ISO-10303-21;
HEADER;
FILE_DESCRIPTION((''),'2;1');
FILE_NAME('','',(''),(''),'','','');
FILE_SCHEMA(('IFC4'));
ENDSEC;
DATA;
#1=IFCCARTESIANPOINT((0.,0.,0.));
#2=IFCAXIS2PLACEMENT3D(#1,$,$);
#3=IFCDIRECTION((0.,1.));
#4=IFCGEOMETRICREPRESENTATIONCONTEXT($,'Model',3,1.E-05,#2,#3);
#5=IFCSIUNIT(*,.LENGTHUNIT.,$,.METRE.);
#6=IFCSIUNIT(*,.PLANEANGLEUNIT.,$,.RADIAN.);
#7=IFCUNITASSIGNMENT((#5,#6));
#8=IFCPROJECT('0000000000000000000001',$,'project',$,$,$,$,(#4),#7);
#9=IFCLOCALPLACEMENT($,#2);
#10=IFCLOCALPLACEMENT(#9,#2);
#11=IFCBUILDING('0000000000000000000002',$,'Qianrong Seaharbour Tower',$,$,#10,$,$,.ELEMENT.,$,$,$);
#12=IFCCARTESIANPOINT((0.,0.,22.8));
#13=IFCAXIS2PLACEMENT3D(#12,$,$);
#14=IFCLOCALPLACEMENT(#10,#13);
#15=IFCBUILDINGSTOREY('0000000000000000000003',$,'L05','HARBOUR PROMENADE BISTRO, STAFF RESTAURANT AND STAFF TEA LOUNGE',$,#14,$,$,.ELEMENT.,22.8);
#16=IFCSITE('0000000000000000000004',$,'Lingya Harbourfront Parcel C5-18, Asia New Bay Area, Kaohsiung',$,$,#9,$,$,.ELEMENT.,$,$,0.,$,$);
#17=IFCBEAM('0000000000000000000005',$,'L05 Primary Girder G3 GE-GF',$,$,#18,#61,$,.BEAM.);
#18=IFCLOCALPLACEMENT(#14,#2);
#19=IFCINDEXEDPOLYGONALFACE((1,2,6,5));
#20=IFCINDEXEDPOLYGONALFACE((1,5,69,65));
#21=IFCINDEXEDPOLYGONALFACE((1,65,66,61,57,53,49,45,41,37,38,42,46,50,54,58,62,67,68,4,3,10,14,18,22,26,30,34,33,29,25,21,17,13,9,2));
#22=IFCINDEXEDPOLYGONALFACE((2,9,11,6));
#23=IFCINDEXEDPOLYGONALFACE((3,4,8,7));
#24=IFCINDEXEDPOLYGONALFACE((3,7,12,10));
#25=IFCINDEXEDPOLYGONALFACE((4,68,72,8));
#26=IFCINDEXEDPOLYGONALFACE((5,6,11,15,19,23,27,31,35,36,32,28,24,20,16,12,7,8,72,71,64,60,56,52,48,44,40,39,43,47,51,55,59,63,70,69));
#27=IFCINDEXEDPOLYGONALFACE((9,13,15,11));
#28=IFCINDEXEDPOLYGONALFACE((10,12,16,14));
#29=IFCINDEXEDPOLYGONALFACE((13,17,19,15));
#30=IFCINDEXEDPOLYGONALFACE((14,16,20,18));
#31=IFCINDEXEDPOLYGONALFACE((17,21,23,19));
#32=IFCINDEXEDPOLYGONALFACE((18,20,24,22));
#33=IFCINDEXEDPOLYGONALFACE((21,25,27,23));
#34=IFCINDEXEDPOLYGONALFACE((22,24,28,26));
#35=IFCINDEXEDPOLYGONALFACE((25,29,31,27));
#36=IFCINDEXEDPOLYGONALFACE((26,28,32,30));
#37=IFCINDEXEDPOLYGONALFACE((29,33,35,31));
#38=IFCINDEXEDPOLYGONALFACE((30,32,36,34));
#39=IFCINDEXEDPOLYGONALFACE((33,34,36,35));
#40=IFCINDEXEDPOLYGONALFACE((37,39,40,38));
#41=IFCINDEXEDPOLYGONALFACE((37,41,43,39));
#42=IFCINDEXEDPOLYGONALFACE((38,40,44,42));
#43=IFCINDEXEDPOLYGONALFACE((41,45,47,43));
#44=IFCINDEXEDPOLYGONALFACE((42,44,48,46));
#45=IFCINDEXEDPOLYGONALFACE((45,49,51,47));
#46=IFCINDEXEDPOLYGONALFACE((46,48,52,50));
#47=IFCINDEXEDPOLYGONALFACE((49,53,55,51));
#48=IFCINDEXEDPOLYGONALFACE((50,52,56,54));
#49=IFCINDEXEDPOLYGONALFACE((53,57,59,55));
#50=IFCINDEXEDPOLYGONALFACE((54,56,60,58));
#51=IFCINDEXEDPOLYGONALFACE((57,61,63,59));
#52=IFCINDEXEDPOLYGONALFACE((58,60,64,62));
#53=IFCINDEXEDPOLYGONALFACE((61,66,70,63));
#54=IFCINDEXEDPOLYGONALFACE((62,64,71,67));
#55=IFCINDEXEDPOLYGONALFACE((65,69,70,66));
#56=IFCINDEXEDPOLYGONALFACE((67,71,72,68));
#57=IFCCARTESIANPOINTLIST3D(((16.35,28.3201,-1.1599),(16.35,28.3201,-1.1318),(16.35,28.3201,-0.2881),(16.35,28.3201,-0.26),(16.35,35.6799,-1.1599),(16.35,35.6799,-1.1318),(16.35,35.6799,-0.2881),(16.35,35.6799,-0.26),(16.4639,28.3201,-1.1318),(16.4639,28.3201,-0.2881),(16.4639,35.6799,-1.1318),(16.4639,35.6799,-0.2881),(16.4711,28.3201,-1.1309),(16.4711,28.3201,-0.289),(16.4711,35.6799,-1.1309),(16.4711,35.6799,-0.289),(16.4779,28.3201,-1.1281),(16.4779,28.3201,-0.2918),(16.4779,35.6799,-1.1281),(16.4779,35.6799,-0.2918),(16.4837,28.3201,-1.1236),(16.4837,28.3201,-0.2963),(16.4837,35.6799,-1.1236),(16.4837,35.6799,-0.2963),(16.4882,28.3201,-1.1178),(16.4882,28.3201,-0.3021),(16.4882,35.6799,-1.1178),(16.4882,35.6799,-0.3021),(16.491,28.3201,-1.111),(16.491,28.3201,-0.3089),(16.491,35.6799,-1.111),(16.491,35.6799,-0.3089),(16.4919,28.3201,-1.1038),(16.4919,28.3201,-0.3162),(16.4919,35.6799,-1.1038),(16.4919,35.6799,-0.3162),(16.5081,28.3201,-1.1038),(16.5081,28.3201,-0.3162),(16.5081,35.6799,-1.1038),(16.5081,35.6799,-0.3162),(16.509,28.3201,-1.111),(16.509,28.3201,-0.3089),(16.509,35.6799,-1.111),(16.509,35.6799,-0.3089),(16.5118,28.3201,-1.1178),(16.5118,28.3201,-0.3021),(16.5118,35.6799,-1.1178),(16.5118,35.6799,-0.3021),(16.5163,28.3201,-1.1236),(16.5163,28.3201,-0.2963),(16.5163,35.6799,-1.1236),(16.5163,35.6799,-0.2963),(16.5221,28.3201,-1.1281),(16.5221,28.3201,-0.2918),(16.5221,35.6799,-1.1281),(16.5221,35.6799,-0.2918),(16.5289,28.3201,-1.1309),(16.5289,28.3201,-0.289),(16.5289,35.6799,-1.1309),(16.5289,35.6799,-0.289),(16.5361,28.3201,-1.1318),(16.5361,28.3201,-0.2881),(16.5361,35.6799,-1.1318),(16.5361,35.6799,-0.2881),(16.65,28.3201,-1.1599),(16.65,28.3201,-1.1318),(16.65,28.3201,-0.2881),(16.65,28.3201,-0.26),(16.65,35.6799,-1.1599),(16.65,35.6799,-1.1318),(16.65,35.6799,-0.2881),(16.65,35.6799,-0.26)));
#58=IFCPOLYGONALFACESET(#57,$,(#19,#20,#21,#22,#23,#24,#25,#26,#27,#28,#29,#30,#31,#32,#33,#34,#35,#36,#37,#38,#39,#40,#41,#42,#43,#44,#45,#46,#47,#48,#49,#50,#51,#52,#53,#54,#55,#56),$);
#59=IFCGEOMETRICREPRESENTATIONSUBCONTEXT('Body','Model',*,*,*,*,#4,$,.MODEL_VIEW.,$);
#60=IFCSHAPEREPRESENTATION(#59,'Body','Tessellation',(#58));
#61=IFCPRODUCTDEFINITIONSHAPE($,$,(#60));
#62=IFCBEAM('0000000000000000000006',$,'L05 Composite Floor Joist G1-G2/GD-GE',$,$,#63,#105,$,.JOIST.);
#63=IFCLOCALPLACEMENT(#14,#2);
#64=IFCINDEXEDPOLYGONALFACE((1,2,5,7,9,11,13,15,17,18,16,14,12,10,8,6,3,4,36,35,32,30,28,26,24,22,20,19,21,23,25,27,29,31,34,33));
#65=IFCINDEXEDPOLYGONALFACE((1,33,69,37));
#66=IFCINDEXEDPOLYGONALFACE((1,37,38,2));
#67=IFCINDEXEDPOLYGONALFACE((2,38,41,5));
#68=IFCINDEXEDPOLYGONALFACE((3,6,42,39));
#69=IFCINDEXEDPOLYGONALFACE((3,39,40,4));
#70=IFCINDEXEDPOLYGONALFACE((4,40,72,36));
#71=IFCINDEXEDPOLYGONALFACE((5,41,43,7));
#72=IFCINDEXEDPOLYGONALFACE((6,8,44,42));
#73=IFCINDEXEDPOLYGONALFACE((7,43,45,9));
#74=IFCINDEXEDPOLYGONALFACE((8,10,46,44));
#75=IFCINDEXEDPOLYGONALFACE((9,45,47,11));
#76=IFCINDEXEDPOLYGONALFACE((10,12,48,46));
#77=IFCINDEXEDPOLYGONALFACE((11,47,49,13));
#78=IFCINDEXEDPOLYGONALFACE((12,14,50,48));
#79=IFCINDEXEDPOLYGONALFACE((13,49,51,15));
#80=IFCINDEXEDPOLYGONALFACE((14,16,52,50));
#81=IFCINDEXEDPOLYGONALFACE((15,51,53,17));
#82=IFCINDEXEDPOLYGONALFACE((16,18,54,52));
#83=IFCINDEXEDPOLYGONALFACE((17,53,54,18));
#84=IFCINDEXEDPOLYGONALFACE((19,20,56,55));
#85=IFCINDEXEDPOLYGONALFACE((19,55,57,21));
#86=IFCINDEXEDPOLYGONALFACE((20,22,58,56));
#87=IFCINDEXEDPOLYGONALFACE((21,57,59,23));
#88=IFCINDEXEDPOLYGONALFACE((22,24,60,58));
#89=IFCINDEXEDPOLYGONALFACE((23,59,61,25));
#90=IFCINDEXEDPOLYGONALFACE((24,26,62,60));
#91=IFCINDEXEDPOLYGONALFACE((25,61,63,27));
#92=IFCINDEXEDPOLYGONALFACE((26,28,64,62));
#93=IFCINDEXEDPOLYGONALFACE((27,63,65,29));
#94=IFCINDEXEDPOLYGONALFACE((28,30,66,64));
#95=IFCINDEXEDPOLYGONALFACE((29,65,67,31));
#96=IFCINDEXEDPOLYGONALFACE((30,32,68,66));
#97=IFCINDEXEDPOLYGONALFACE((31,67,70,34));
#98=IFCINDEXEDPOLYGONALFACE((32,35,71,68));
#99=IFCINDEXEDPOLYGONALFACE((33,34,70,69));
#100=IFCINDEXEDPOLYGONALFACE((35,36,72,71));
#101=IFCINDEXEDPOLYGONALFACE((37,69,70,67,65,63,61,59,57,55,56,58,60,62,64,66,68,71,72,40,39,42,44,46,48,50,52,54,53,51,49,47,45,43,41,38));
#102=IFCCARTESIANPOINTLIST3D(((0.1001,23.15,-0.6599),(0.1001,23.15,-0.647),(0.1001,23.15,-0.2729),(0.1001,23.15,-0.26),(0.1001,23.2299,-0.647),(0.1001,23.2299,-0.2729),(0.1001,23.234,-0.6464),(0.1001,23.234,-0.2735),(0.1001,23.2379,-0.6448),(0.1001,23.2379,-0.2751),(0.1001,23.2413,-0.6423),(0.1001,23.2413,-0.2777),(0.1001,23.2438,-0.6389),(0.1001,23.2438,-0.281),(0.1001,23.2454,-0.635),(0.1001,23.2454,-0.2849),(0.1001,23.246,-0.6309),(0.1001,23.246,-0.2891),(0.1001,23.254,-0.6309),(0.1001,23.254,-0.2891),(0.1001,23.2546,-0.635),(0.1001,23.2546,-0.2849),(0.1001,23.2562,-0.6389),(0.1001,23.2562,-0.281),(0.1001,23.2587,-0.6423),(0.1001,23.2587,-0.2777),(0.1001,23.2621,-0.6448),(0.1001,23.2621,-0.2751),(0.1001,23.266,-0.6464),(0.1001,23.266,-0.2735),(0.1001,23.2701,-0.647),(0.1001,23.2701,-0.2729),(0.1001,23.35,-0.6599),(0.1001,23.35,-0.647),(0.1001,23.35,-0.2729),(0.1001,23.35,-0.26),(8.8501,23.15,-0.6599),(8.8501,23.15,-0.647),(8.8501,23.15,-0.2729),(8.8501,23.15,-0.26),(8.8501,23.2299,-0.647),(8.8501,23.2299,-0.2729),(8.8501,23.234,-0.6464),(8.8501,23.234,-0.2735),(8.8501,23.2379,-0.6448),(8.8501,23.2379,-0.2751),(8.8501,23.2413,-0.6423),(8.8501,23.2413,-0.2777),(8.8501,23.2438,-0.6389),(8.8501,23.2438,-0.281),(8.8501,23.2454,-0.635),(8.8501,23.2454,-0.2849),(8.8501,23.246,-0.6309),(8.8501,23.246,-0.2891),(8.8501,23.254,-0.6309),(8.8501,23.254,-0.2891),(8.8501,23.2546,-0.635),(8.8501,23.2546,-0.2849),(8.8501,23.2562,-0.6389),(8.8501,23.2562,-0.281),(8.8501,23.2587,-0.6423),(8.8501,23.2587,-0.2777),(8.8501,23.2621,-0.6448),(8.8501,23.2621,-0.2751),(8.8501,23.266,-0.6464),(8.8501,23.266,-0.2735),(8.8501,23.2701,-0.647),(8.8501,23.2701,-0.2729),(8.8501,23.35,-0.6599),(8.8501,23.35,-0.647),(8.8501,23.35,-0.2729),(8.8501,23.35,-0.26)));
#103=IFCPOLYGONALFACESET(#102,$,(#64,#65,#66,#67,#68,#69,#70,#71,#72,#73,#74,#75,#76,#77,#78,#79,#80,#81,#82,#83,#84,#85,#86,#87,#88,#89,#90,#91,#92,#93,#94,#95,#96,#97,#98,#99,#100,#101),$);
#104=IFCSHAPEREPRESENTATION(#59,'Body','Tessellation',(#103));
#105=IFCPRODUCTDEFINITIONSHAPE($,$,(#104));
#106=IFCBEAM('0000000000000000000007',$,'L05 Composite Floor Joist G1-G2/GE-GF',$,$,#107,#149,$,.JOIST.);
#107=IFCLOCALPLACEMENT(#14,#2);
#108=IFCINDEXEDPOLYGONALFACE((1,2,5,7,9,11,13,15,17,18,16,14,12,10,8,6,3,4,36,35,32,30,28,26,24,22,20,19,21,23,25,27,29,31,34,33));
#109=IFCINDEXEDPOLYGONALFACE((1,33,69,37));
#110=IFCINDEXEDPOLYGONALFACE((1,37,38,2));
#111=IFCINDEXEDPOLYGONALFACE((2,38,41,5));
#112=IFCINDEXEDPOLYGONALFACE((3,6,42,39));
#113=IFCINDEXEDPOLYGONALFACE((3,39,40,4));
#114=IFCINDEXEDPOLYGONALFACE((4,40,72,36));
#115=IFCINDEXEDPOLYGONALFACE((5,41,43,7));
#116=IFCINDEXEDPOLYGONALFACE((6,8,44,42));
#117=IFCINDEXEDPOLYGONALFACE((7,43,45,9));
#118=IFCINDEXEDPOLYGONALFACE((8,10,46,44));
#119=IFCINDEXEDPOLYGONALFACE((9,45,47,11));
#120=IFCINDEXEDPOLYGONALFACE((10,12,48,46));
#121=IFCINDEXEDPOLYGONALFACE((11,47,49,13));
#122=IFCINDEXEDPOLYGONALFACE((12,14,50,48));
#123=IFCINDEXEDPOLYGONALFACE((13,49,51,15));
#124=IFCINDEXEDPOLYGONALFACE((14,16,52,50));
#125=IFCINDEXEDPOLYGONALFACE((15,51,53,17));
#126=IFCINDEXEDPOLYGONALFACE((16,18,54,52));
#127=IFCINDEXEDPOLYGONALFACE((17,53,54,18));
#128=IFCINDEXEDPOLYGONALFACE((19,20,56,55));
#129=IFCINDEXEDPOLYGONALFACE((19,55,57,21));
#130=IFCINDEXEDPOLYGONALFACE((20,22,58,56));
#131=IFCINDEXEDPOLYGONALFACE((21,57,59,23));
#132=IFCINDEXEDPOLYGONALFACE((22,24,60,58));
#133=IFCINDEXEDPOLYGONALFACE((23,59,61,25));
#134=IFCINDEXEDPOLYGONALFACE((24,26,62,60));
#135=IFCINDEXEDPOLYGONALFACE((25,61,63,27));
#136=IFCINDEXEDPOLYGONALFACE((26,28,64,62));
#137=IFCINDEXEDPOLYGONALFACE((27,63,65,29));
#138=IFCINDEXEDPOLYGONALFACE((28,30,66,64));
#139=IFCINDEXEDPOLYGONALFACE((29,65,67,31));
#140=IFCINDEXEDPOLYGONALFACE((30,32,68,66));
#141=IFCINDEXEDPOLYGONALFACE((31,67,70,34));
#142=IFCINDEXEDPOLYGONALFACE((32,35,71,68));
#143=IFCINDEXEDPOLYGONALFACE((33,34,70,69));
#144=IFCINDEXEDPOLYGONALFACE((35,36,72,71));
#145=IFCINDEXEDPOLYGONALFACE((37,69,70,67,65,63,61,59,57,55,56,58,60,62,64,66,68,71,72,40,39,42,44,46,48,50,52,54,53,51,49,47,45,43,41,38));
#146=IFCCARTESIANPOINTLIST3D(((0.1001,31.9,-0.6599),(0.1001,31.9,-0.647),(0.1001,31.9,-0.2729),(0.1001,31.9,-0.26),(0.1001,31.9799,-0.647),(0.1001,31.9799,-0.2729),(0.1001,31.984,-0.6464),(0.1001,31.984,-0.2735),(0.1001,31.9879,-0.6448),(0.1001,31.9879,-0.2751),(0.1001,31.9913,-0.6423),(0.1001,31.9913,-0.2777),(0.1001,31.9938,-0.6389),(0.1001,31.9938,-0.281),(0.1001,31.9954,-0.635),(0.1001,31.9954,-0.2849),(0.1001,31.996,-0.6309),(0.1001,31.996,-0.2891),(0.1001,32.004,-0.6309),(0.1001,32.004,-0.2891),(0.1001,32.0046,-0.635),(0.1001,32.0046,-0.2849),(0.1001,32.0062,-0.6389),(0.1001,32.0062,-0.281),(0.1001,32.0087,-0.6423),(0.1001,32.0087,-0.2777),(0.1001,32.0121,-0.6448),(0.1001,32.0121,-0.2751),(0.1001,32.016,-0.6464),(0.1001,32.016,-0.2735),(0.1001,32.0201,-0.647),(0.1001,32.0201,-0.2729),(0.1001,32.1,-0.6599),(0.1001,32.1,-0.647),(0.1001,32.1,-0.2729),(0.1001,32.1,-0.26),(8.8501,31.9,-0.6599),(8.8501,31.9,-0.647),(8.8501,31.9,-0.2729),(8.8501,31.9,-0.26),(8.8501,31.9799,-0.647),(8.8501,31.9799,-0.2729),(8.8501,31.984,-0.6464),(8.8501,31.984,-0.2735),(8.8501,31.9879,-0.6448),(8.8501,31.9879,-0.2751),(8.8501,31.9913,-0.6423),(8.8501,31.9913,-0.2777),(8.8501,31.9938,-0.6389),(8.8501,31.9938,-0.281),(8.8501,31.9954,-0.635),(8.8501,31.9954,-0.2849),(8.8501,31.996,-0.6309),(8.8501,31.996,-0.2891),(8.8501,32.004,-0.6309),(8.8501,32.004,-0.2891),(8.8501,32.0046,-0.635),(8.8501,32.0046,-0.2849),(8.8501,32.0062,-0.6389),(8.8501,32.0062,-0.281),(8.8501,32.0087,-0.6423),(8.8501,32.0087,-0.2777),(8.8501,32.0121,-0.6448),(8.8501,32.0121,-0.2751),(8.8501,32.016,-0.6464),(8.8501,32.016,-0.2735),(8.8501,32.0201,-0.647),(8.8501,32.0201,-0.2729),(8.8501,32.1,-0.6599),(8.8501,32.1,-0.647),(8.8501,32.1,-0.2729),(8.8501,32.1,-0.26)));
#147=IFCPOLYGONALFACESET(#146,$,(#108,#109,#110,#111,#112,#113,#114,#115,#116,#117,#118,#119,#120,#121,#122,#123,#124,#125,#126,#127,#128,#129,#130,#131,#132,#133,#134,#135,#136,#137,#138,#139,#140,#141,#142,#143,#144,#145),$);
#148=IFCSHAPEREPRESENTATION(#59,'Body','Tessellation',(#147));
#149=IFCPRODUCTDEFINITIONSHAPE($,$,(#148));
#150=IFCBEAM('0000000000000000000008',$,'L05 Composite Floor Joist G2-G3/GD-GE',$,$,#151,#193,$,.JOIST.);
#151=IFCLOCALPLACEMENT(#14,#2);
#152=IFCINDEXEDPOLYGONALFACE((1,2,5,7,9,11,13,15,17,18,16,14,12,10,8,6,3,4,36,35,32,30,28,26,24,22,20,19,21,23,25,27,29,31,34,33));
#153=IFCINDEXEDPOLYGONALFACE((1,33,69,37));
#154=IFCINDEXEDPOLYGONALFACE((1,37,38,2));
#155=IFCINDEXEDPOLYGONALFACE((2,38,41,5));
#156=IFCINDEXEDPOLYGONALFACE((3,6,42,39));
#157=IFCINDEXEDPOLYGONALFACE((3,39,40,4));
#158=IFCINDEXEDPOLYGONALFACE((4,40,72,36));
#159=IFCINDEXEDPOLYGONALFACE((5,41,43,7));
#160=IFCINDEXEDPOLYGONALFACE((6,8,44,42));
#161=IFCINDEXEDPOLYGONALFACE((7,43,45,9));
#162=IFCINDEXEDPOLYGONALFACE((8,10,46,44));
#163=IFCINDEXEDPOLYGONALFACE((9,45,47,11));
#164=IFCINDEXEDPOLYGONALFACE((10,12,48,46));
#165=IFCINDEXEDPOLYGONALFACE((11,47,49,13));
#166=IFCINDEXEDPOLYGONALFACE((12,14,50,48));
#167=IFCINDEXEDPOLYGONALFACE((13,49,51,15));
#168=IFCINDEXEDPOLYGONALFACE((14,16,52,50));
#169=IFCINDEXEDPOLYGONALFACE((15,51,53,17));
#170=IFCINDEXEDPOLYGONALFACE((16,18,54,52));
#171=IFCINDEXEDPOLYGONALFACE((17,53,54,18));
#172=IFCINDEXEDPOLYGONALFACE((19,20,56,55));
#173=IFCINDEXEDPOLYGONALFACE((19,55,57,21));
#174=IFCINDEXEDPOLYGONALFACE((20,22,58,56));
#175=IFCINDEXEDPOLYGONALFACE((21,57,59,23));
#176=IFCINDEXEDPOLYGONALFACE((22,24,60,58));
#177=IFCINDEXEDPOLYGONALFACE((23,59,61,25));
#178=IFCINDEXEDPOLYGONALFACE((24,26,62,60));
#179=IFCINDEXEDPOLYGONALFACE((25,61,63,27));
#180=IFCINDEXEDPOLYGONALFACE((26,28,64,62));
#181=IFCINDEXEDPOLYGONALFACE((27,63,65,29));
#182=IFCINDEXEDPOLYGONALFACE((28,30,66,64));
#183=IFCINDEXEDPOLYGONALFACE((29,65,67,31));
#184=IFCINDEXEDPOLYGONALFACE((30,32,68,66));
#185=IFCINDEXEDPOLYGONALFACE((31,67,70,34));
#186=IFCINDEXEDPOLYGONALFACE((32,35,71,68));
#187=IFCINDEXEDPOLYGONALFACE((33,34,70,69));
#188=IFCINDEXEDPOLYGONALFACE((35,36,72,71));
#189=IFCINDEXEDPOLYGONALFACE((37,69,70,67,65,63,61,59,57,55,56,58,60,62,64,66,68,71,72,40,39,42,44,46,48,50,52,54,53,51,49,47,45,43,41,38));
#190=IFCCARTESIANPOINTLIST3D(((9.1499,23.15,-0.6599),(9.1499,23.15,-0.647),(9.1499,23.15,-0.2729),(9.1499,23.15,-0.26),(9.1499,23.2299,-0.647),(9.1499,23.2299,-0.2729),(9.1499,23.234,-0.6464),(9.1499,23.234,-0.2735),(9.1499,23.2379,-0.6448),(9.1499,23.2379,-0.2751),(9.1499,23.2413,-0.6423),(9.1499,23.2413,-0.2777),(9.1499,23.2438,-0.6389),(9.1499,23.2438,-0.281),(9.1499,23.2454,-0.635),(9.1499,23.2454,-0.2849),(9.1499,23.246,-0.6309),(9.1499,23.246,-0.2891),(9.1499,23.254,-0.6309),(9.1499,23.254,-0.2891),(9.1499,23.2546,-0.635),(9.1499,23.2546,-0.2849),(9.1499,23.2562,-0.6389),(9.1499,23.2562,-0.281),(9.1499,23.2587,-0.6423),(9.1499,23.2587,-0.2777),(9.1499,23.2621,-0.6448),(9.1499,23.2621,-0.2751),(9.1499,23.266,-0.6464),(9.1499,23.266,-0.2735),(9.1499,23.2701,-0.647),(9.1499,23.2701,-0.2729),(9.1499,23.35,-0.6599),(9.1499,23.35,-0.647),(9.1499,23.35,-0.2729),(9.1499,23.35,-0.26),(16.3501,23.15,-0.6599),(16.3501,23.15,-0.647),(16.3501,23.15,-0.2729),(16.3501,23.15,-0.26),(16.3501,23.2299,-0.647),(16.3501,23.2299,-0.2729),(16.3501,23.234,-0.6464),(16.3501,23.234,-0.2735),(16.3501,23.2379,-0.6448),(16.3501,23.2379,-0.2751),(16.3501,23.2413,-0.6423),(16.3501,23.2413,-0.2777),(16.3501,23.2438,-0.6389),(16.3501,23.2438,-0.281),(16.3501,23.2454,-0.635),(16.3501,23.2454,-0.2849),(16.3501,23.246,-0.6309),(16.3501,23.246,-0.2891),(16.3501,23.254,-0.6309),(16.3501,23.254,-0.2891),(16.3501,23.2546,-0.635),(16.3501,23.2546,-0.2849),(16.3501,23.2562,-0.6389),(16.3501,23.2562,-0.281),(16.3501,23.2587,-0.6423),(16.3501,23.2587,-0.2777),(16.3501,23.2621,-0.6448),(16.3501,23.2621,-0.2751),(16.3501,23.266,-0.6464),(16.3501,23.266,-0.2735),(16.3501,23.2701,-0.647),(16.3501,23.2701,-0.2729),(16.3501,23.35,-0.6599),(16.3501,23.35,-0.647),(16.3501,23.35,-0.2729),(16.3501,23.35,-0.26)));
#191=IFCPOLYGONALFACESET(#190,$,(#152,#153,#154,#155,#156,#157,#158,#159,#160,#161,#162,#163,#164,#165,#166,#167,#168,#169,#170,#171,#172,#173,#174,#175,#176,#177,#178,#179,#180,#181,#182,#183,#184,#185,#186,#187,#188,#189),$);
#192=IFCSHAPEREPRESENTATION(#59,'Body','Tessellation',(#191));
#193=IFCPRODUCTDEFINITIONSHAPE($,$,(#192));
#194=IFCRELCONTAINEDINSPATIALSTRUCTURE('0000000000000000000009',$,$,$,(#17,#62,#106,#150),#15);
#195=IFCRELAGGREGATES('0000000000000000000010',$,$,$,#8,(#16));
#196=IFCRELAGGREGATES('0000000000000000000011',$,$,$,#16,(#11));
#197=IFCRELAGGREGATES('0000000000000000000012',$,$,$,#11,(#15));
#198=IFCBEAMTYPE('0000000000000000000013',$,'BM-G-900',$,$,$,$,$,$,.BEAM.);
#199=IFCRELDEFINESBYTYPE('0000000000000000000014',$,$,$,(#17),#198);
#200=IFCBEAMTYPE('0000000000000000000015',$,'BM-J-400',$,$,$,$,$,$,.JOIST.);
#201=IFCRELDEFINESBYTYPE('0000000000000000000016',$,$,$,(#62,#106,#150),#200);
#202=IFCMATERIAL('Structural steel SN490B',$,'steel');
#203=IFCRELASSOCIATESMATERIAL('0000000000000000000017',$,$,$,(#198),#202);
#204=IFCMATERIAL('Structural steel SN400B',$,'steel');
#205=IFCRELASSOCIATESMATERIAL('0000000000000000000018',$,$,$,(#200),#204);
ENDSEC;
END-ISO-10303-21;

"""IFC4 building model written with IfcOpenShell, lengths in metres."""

from ifc_helpers import new_model, si_unit, direction, frame, origin, origin_2d, place, context, subcontext, project, spatial, i_section, extrude, material, material_profile, profile_set, type_object, element, save


model = new_model("IFC4")

# Units and contexts
model_context = context("Model", 3, precision=1e-05, world=origin(), true_north=direction((0.0, 1.0)))
body_context = subcontext(model_context, "Body", "Model", "MODEL_VIEW")
ifc_project = project(units=[si_unit("LENGTHUNIT", "METRE"), si_unit("PLANEANGLEUNIT", "RADIAN")], contexts=[model_context])

# Site, building, storey
site_placement = place(None, origin())
site = spatial("IfcSite", under=ifc_project, at=site_placement, Name="Lingya Harbourfront Parcel C5-18, Asia New Bay Area, Kaohsiung", CompositionType="ELEMENT", RefElevation=0.0)
building_placement = place(site_placement, origin())
building = spatial("IfcBuilding", under=site, at=building_placement, Name="Qianrong Seaharbour Tower", CompositionType="ELEMENT")
storey_placement = place(building_placement, frame((0.0, 0.0, 22.8)))
storey = spatial("IfcBuildingStorey", under=building, at=storey_placement, Name="L05", Description="HARBOUR PROMENADE BISTRO, STAFF RESTAURANT AND STAFF TEA LOUNGE", CompositionType="ELEMENT", Elevation=22.8)

# Shared definitions
ifc_material_1 = material(Name="Structural steel SN490B", Category="steel")

# Beams
ifc_material_profile_1 = material_profile(ifc_material_1, i_section(OverallWidth=0.3, OverallDepth=0.8999, WebThickness=0.0161, FlangeThickness=0.0281, FilletRadius=0.0281, at=origin_2d()), Name="H900x300x16x28")
ifc_profile_set_1 = profile_set([ifc_material_profile_1], Name="Structural steel SN490B")
beam_type_1 = type_object("IfcBeamType", Name="BM-G-900", PredefinedType="BEAM", material=ifc_profile_set_1)
for number, where, z_axis, x_axis, name in (
    (1, (16.5, 28.3201, -0.71), (0.0, 1.0, 0.0), (-1.0, 0.0, 0.0), "L05 Primary Girder G3 GE-GF"),
):
    element("IfcBeam", number, at=place(storey_placement, frame(where, z_axis=z_axis, x_axis=x_axis)), inside=storey, type_object=beam_type_1, Name=name, PredefinedType="BEAM", context=body_context, shape_type="SweptSolid", body=[
        extrude(i_section(OverallWidth=0.3, OverallDepth=0.8999, WebThickness=0.0161, FlangeThickness=0.0281, FilletRadius=0.0281, at=origin_2d()), origin(), (0.0, 0.0, 1.0), 7.3599),
    ])
ifc_material_2 = material(Name="Structural steel SN400B", Category="steel")
ifc_material_profile_2 = material_profile(ifc_material_2, i_section(OverallWidth=0.2, OverallDepth=0.3999, WebThickness=0.0081, FlangeThickness=0.0129, FilletRadius=0.0161, at=origin_2d()), Name="H400x200x8x13")
ifc_profile_set_2 = profile_set([ifc_material_profile_2], Name="Structural steel SN400B")
beam_type_2 = type_object("IfcBeamType", Name="BM-J-400", PredefinedType="JOIST", material=ifc_profile_set_2)
for number, where, z_axis, x_axis, name in (
    (2, (0.1001, 23.25, -0.46), (1.0, 0.0, 0.0), (0.0, 1.0, 0.0), "L05 Composite Floor Joist G1-G2/GD-GE"),
    (3, (0.1001, 32.0, -0.46), (1.0, 0.0, 0.0), (0.0, 1.0, 0.0), "L05 Composite Floor Joist G1-G2/GE-GF"),
):
    element("IfcBeam", number, at=place(storey_placement, frame(where, z_axis=z_axis, x_axis=x_axis)), inside=storey, type_object=beam_type_2, Name=name, PredefinedType="JOIST", context=body_context, shape_type="SweptSolid", body=[
        extrude(i_section(OverallWidth=0.2, OverallDepth=0.3999, WebThickness=0.0081, FlangeThickness=0.0129, FilletRadius=0.0161, at=origin_2d()), origin(), (0.0, 0.0, 1.0), 8.75),
    ])
for number, where, z_axis, x_axis, name in (
    (4, (9.1499, 23.25, -0.46), (1.0, 0.0, 0.0), (0.0, 1.0, 0.0), "L05 Composite Floor Joist G2-G3/GD-GE"),
):
    element("IfcBeam", number, at=place(storey_placement, frame(where, z_axis=z_axis, x_axis=x_axis)), inside=storey, type_object=beam_type_2, Name=name, PredefinedType="JOIST", context=body_context, shape_type="SweptSolid", body=[
        extrude(i_section(OverallWidth=0.2, OverallDepth=0.3999, WebThickness=0.0081, FlangeThickness=0.0129, FilletRadius=0.0161, at=origin_2d()), origin(), (0.0, 0.0, 1.0), 7.2002),
    ])

save(model, "model.ifc")
